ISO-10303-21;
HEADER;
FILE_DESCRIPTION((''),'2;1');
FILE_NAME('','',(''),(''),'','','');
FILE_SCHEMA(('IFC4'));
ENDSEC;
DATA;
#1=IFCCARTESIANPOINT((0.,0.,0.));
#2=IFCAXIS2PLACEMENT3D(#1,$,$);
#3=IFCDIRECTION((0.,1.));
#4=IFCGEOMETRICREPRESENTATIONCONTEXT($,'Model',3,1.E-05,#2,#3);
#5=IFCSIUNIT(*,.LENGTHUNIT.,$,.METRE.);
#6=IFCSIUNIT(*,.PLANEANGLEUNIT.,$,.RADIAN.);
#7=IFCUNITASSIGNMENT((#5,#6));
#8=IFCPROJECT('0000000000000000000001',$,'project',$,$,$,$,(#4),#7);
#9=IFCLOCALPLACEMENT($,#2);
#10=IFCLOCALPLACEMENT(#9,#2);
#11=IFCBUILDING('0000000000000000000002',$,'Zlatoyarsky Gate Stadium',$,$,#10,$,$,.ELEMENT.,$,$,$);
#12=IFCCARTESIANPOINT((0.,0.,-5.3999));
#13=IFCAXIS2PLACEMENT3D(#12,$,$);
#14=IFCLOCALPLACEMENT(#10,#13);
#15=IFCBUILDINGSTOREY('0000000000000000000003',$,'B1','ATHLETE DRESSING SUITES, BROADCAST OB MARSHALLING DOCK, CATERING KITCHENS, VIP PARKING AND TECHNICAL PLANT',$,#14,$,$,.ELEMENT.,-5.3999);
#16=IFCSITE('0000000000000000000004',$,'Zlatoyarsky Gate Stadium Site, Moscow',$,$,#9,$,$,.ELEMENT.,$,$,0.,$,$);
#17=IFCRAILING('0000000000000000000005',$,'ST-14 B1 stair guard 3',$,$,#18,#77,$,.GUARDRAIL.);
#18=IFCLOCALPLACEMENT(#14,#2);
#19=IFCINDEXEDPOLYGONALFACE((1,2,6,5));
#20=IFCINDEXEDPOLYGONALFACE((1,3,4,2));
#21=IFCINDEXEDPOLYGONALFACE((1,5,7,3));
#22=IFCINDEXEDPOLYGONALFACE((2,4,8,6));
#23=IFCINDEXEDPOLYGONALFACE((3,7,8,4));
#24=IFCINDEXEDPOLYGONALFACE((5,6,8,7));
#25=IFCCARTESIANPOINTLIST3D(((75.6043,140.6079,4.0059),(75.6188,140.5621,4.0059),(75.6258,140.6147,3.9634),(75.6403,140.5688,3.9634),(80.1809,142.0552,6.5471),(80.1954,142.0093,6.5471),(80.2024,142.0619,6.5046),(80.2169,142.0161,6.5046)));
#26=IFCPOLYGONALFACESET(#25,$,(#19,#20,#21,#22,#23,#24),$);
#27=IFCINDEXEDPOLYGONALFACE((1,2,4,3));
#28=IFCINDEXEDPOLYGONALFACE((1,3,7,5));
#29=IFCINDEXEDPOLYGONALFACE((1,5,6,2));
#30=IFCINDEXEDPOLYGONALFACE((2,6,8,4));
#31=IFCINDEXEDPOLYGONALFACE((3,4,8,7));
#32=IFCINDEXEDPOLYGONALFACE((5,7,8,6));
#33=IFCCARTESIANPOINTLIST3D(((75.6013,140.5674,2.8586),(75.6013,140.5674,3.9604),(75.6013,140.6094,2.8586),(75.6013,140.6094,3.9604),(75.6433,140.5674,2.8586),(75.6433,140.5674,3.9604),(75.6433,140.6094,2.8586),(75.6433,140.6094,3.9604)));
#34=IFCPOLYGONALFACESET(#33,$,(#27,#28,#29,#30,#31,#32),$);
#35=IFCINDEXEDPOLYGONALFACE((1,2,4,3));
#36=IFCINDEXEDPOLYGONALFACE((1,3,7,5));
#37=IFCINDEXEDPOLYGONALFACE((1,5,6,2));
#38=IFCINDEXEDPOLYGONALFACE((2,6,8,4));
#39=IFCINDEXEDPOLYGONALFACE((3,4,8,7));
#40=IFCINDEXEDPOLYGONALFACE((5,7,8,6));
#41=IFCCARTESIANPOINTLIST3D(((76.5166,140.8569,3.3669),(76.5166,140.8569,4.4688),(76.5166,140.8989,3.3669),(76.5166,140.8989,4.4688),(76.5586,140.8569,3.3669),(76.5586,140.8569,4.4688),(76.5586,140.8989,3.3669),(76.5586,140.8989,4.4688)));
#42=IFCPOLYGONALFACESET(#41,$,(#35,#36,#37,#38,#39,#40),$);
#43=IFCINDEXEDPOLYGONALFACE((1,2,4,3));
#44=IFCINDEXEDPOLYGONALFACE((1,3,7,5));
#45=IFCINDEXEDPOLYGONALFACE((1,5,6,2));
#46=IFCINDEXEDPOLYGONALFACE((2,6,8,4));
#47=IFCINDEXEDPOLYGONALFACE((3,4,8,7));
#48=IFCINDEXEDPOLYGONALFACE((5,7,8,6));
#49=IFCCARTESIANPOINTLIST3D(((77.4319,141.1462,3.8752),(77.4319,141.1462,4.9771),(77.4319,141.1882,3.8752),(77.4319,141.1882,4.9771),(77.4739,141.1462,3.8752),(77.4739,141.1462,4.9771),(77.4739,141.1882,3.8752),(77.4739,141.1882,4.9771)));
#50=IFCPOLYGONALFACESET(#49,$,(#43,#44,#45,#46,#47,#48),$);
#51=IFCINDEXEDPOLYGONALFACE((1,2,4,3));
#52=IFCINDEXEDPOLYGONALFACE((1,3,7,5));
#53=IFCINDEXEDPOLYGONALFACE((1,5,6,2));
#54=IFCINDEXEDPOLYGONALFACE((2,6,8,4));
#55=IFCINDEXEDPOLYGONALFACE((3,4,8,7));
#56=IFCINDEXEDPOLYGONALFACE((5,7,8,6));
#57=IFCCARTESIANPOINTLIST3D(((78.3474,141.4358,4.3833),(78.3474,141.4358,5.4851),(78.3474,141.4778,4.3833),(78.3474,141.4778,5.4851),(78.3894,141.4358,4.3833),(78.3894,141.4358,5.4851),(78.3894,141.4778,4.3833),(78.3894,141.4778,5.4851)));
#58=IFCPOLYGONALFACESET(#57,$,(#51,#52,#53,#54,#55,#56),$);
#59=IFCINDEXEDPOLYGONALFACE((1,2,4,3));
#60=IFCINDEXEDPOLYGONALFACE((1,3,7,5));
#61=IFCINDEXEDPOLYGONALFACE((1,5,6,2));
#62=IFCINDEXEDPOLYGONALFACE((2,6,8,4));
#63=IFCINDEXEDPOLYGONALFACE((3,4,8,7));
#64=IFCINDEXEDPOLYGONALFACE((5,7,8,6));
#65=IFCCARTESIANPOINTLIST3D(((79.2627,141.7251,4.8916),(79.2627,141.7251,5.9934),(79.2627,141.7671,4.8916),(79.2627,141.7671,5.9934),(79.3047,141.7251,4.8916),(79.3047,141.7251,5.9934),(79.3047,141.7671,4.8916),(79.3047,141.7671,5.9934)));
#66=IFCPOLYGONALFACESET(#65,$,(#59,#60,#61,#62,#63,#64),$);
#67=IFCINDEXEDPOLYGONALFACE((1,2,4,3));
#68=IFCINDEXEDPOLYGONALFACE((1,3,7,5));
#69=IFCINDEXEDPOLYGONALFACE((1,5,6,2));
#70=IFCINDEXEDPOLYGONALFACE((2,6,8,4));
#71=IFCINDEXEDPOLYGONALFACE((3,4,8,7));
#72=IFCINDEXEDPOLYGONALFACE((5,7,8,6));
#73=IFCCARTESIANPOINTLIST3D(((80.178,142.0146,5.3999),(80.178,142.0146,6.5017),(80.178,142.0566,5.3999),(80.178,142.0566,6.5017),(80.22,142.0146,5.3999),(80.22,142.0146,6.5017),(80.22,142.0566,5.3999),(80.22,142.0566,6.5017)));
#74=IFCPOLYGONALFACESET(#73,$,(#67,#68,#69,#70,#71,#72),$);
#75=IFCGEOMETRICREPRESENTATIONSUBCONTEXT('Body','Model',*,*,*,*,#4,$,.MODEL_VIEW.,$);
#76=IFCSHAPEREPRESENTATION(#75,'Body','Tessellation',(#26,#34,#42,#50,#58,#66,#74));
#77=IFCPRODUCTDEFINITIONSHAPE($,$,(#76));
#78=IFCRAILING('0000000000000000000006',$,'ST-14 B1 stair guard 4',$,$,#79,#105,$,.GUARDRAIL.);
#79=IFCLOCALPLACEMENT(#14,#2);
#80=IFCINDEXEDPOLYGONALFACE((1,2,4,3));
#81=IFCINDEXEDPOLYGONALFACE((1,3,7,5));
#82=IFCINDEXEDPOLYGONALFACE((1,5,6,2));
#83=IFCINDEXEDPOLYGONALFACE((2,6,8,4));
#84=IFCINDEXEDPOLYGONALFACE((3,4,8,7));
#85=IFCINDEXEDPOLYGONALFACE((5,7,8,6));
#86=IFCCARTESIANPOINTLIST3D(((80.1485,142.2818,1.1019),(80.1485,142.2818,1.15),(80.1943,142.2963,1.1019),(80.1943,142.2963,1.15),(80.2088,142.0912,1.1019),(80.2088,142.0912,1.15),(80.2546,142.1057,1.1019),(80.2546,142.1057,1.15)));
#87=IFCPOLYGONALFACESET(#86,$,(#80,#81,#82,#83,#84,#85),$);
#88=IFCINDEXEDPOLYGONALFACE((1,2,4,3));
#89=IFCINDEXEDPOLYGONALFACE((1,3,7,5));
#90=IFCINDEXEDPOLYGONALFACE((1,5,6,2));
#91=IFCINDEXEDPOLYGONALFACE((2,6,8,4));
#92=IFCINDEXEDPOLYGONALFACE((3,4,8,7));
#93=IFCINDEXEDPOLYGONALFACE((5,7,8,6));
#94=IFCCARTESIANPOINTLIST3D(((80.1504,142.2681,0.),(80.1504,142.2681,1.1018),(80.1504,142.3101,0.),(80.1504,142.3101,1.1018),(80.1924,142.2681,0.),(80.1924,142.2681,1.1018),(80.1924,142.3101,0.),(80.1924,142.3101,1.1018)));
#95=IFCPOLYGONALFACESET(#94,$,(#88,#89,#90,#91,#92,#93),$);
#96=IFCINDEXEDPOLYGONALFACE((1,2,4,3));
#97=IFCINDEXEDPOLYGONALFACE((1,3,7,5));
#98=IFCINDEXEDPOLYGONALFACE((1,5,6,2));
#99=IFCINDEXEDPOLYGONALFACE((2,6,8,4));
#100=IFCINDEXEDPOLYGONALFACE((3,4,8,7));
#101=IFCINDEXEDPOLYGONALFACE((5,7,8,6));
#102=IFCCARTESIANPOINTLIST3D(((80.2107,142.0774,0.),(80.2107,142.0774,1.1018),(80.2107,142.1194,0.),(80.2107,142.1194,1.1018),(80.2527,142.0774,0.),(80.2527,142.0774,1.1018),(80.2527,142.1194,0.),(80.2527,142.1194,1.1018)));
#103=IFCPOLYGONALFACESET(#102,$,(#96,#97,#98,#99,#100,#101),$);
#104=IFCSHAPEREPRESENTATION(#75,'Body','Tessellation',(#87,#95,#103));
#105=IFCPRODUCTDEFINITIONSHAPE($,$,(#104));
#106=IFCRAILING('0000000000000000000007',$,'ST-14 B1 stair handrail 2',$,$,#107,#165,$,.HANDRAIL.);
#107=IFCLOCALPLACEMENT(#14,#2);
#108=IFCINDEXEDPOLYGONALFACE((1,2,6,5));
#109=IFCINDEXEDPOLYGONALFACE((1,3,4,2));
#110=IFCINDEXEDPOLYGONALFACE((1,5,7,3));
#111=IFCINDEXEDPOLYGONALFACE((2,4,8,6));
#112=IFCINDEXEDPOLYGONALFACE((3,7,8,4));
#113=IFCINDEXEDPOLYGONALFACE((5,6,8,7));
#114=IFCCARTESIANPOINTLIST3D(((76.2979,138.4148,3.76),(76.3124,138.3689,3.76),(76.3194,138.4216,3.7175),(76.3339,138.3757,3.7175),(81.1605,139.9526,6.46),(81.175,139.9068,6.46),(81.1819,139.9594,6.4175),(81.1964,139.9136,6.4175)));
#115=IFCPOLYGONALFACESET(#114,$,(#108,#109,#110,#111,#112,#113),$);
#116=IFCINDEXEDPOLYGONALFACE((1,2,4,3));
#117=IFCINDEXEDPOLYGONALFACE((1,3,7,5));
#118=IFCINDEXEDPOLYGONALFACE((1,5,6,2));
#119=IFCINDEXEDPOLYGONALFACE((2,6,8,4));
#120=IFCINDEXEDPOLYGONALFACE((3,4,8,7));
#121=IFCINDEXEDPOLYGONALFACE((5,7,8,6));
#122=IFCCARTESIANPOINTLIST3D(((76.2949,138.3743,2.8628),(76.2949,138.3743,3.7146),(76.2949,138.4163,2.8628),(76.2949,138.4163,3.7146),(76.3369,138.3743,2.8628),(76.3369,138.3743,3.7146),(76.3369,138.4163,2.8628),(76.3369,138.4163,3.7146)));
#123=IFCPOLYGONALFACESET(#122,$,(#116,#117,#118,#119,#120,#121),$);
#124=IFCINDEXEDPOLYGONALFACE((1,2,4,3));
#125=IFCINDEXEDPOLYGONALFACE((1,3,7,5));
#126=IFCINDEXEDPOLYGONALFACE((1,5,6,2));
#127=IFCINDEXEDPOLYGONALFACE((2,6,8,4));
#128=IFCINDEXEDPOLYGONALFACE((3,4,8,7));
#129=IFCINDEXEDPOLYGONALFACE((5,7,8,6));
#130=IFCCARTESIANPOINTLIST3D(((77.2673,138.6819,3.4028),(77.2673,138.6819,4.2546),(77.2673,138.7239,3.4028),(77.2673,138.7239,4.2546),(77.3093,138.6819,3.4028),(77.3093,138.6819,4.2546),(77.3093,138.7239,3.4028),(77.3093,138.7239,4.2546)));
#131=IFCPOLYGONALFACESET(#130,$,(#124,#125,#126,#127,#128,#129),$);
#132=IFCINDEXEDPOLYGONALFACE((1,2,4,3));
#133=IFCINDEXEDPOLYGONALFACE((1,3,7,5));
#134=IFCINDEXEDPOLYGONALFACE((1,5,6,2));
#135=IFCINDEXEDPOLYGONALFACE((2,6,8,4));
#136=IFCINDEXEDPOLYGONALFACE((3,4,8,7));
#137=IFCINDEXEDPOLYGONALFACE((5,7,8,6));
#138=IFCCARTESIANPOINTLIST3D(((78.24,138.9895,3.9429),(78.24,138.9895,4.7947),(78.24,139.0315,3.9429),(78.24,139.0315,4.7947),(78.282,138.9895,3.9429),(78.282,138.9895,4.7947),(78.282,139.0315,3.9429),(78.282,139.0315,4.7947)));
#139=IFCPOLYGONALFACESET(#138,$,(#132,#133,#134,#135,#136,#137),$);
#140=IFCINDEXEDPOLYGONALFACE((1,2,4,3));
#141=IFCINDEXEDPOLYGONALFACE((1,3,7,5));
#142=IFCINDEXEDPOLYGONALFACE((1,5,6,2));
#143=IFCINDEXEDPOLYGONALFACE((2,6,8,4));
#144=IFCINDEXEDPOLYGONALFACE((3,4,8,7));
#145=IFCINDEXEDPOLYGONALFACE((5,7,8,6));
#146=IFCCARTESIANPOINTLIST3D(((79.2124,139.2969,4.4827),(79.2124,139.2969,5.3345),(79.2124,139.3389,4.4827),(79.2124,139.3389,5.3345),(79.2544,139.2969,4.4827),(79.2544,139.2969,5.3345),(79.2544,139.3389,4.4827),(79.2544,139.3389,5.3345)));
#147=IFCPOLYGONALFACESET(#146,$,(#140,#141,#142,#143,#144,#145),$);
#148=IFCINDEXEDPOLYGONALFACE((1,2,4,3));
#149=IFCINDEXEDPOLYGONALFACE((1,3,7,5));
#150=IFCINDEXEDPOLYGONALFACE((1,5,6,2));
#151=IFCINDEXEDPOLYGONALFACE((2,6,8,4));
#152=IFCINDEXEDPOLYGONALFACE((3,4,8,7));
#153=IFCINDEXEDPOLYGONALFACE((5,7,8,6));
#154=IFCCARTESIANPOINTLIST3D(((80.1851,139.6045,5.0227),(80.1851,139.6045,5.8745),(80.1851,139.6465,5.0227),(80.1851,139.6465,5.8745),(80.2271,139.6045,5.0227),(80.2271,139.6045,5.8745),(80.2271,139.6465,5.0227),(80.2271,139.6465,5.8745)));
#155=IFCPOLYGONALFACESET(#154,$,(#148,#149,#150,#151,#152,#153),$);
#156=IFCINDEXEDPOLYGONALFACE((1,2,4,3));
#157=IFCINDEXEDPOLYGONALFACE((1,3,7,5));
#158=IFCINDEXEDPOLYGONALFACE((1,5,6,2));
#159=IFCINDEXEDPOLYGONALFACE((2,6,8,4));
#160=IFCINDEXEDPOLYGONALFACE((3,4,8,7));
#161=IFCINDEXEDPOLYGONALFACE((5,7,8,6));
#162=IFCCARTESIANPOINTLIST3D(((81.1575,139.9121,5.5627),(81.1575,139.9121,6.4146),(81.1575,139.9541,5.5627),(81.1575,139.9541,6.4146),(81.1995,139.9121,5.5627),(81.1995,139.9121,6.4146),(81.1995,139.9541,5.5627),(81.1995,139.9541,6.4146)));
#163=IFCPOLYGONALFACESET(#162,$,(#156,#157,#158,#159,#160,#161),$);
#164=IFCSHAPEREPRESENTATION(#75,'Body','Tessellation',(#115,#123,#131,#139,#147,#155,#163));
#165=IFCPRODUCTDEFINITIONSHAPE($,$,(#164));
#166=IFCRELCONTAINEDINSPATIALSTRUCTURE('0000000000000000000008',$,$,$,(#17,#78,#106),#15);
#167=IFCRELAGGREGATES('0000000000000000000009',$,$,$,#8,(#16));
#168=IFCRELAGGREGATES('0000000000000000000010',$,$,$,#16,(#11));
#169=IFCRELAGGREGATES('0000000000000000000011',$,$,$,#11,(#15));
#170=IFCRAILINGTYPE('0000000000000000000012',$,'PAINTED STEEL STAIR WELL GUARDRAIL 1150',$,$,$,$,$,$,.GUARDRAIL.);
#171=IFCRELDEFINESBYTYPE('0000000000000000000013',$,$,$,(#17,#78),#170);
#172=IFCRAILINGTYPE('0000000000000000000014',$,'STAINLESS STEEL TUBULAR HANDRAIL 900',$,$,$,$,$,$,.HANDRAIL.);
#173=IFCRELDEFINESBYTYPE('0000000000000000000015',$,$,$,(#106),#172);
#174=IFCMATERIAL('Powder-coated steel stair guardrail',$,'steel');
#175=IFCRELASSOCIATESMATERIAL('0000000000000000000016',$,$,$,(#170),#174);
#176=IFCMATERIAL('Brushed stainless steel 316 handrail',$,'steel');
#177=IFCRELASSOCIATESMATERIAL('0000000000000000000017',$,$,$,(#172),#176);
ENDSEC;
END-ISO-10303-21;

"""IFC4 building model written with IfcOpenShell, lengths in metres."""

from ifc_helpers import new_model, si_unit, direction, frame, origin, origin_2d, place, context, subcontext, project, spatial, rectangle, extrude, material, type_object, element, save


model = new_model("IFC4")

# Units and contexts
model_context = context("Model", 3, precision=1e-05, world=origin(), true_north=direction((0.0, 1.0)))
body_context = subcontext(model_context, "Body", "Model", "MODEL_VIEW")
ifc_project = project(units=[si_unit("LENGTHUNIT", "METRE"), si_unit("PLANEANGLEUNIT", "RADIAN")], contexts=[model_context])

# Site, building, storey
site_placement = place(None, origin())
site = spatial("IfcSite", under=ifc_project, at=site_placement, Name="Zlatoyarsky Gate Stadium Site, Moscow", CompositionType="ELEMENT", RefElevation=0.0)
building_placement = place(site_placement, origin())
building = spatial("IfcBuilding", under=site, at=building_placement, Name="Zlatoyarsky Gate Stadium", CompositionType="ELEMENT")
storey_placement = place(building_placement, frame((0.0, 0.0, -5.3999)))
storey = spatial("IfcBuildingStorey", under=building, at=storey_placement, Name="B1", Description="ATHLETE DRESSING SUITES, BROADCAST OB MARSHALLING DOCK, CATERING KITCHENS, VIP PARKING AND TECHNICAL PLANT", CompositionType="ELEMENT", Elevation=-5.3999)

# Railings
ifc_material_1 = material(Name="Powder-coated steel stair guardrail", Category="steel")
railing_type_1 = type_object("IfcRailingType", Name="PAINTED STEEL STAIR WELL GUARDRAIL 1150", PredefinedType="GUARDRAIL", material=ifc_material_1)
railing_1_placement = place(storey_placement, frame((75.6223, 140.5884, 2.8586)))
element("IfcRailing", 1, at=railing_1_placement, inside=storey, type_object=railing_type_1, Name="ST-14 B1 stair guard 3", PredefinedType="GUARDRAIL", context=body_context, shape_type="SweptSolid", body=[
    extrude(rectangle(XDim=0.0481, YDim=0.0481, at=origin_2d()), frame((0.0, 0.0, 1.126), z_axis=(0.842654, 0.26647, 0.467897), x_axis=(-0.301511, 0.953463, 0.0)), (0.0, 0.0, 1.0), 5.4312),
    extrude(rectangle(XDim=0.042, YDim=0.042, at=origin_2d()), origin(), (0.0, 0.0, 1.0), 1.1018),
    extrude(rectangle(XDim=0.042, YDim=0.042, at=origin_2d()), frame((0.9153, 0.2896, 0.5083)), (0.0, 0.0, 1.0), 1.1018),
    extrude(rectangle(XDim=0.042, YDim=0.042, at=origin_2d()), frame((1.8306, 0.5789, 1.0166)), (0.0, 0.0, 1.0), 1.1018),
    extrude(rectangle(XDim=0.042, YDim=0.042, at=origin_2d()), frame((2.7461, 0.8684, 1.5247)), (0.0, 0.0, 1.0), 1.1018),
    extrude(rectangle(XDim=0.042, YDim=0.042, at=origin_2d()), frame((3.6614, 1.1577, 2.033)), (0.0, 0.0, 1.0), 1.1018),
    extrude(rectangle(XDim=0.042, YDim=0.042, at=origin_2d()), frame((4.5767, 1.4473, 2.5413)), (0.0, 0.0, 1.0), 1.1018),
])
railing_2_placement = place(storey_placement, frame((80.1714, 142.2891, 0.0)))
element("IfcRailing", 2, at=railing_2_placement, inside=storey, type_object=railing_type_1, Name="ST-14 B1 stair guard 4", PredefinedType="GUARDRAIL", context=body_context, shape_type="SweptSolid", body=[
    extrude(rectangle(XDim=0.0481, YDim=0.0481, at=origin_2d()), frame((0.0, 0.0, 1.126), z_axis=(0.30154, -0.953453, 0.0), x_axis=(0.953453, 0.30154, 0.0)), (0.0, 0.0, 1.0), 0.2),
    extrude(rectangle(XDim=0.042, YDim=0.042, at=origin_2d()), origin(), (0.0, 0.0, 1.0), 1.1018),
    extrude(rectangle(XDim=0.042, YDim=0.042, at=origin_2d()), frame((0.0603, -0.1907, 0.0)), (0.0, 0.0, 1.0), 1.1018),
])
ifc_material_2 = material(Name="Brushed stainless steel 316 handrail", Category="steel")
railing_type_2 = type_object("IfcRailingType", Name="STAINLESS STEEL TUBULAR HANDRAIL 900", PredefinedType="HANDRAIL", material=ifc_material_2)
railing_3_placement = place(storey_placement, frame((76.3159, 138.3953, 2.8628)))
element("IfcRailing", 3, at=railing_3_placement, inside=storey, type_object=railing_type_2, Name="ST-14 B1 stair handrail 2", PredefinedType="HANDRAIL", context=body_context, shape_type="SweptSolid", body=[
    extrude(rectangle(XDim=0.0481, YDim=0.0481, at=origin_2d()), frame((0.0, 0.0, 0.876), z_axis=(0.842651, 0.266499, 0.467886), x_axis=(-0.301541, 0.953453, 0.0)), (0.0, 0.0, 1.0), 5.7705),
    extrude(rectangle(XDim=0.042, YDim=0.042, at=origin_2d()), origin(), (0.0, 0.0, 1.0), 0.8518),
    extrude(rectangle(XDim=0.042, YDim=0.042, at=origin_2d()), frame((0.9724, 0.3076, 0.54)), (0.0, 0.0, 1.0), 0.8518),
    extrude(rectangle(XDim=0.042, YDim=0.042, at=origin_2d()), frame((1.9451, 0.6152, 1.0801)), (0.0, 0.0, 1.0), 0.8518),
    extrude(rectangle(XDim=0.042, YDim=0.042, at=origin_2d()), frame((2.9175, 0.9226, 1.6199)), (0.0, 0.0, 1.0), 0.8518),
    extrude(rectangle(XDim=0.042, YDim=0.042, at=origin_2d()), frame((3.8901, 1.2302, 2.1599)), (0.0, 0.0, 1.0), 0.8518),
    extrude(rectangle(XDim=0.042, YDim=0.042, at=origin_2d()), frame((4.8625, 1.5378, 2.7)), (0.0, 0.0, 1.0), 0.8518),
])

save(model, "model.ifc")
